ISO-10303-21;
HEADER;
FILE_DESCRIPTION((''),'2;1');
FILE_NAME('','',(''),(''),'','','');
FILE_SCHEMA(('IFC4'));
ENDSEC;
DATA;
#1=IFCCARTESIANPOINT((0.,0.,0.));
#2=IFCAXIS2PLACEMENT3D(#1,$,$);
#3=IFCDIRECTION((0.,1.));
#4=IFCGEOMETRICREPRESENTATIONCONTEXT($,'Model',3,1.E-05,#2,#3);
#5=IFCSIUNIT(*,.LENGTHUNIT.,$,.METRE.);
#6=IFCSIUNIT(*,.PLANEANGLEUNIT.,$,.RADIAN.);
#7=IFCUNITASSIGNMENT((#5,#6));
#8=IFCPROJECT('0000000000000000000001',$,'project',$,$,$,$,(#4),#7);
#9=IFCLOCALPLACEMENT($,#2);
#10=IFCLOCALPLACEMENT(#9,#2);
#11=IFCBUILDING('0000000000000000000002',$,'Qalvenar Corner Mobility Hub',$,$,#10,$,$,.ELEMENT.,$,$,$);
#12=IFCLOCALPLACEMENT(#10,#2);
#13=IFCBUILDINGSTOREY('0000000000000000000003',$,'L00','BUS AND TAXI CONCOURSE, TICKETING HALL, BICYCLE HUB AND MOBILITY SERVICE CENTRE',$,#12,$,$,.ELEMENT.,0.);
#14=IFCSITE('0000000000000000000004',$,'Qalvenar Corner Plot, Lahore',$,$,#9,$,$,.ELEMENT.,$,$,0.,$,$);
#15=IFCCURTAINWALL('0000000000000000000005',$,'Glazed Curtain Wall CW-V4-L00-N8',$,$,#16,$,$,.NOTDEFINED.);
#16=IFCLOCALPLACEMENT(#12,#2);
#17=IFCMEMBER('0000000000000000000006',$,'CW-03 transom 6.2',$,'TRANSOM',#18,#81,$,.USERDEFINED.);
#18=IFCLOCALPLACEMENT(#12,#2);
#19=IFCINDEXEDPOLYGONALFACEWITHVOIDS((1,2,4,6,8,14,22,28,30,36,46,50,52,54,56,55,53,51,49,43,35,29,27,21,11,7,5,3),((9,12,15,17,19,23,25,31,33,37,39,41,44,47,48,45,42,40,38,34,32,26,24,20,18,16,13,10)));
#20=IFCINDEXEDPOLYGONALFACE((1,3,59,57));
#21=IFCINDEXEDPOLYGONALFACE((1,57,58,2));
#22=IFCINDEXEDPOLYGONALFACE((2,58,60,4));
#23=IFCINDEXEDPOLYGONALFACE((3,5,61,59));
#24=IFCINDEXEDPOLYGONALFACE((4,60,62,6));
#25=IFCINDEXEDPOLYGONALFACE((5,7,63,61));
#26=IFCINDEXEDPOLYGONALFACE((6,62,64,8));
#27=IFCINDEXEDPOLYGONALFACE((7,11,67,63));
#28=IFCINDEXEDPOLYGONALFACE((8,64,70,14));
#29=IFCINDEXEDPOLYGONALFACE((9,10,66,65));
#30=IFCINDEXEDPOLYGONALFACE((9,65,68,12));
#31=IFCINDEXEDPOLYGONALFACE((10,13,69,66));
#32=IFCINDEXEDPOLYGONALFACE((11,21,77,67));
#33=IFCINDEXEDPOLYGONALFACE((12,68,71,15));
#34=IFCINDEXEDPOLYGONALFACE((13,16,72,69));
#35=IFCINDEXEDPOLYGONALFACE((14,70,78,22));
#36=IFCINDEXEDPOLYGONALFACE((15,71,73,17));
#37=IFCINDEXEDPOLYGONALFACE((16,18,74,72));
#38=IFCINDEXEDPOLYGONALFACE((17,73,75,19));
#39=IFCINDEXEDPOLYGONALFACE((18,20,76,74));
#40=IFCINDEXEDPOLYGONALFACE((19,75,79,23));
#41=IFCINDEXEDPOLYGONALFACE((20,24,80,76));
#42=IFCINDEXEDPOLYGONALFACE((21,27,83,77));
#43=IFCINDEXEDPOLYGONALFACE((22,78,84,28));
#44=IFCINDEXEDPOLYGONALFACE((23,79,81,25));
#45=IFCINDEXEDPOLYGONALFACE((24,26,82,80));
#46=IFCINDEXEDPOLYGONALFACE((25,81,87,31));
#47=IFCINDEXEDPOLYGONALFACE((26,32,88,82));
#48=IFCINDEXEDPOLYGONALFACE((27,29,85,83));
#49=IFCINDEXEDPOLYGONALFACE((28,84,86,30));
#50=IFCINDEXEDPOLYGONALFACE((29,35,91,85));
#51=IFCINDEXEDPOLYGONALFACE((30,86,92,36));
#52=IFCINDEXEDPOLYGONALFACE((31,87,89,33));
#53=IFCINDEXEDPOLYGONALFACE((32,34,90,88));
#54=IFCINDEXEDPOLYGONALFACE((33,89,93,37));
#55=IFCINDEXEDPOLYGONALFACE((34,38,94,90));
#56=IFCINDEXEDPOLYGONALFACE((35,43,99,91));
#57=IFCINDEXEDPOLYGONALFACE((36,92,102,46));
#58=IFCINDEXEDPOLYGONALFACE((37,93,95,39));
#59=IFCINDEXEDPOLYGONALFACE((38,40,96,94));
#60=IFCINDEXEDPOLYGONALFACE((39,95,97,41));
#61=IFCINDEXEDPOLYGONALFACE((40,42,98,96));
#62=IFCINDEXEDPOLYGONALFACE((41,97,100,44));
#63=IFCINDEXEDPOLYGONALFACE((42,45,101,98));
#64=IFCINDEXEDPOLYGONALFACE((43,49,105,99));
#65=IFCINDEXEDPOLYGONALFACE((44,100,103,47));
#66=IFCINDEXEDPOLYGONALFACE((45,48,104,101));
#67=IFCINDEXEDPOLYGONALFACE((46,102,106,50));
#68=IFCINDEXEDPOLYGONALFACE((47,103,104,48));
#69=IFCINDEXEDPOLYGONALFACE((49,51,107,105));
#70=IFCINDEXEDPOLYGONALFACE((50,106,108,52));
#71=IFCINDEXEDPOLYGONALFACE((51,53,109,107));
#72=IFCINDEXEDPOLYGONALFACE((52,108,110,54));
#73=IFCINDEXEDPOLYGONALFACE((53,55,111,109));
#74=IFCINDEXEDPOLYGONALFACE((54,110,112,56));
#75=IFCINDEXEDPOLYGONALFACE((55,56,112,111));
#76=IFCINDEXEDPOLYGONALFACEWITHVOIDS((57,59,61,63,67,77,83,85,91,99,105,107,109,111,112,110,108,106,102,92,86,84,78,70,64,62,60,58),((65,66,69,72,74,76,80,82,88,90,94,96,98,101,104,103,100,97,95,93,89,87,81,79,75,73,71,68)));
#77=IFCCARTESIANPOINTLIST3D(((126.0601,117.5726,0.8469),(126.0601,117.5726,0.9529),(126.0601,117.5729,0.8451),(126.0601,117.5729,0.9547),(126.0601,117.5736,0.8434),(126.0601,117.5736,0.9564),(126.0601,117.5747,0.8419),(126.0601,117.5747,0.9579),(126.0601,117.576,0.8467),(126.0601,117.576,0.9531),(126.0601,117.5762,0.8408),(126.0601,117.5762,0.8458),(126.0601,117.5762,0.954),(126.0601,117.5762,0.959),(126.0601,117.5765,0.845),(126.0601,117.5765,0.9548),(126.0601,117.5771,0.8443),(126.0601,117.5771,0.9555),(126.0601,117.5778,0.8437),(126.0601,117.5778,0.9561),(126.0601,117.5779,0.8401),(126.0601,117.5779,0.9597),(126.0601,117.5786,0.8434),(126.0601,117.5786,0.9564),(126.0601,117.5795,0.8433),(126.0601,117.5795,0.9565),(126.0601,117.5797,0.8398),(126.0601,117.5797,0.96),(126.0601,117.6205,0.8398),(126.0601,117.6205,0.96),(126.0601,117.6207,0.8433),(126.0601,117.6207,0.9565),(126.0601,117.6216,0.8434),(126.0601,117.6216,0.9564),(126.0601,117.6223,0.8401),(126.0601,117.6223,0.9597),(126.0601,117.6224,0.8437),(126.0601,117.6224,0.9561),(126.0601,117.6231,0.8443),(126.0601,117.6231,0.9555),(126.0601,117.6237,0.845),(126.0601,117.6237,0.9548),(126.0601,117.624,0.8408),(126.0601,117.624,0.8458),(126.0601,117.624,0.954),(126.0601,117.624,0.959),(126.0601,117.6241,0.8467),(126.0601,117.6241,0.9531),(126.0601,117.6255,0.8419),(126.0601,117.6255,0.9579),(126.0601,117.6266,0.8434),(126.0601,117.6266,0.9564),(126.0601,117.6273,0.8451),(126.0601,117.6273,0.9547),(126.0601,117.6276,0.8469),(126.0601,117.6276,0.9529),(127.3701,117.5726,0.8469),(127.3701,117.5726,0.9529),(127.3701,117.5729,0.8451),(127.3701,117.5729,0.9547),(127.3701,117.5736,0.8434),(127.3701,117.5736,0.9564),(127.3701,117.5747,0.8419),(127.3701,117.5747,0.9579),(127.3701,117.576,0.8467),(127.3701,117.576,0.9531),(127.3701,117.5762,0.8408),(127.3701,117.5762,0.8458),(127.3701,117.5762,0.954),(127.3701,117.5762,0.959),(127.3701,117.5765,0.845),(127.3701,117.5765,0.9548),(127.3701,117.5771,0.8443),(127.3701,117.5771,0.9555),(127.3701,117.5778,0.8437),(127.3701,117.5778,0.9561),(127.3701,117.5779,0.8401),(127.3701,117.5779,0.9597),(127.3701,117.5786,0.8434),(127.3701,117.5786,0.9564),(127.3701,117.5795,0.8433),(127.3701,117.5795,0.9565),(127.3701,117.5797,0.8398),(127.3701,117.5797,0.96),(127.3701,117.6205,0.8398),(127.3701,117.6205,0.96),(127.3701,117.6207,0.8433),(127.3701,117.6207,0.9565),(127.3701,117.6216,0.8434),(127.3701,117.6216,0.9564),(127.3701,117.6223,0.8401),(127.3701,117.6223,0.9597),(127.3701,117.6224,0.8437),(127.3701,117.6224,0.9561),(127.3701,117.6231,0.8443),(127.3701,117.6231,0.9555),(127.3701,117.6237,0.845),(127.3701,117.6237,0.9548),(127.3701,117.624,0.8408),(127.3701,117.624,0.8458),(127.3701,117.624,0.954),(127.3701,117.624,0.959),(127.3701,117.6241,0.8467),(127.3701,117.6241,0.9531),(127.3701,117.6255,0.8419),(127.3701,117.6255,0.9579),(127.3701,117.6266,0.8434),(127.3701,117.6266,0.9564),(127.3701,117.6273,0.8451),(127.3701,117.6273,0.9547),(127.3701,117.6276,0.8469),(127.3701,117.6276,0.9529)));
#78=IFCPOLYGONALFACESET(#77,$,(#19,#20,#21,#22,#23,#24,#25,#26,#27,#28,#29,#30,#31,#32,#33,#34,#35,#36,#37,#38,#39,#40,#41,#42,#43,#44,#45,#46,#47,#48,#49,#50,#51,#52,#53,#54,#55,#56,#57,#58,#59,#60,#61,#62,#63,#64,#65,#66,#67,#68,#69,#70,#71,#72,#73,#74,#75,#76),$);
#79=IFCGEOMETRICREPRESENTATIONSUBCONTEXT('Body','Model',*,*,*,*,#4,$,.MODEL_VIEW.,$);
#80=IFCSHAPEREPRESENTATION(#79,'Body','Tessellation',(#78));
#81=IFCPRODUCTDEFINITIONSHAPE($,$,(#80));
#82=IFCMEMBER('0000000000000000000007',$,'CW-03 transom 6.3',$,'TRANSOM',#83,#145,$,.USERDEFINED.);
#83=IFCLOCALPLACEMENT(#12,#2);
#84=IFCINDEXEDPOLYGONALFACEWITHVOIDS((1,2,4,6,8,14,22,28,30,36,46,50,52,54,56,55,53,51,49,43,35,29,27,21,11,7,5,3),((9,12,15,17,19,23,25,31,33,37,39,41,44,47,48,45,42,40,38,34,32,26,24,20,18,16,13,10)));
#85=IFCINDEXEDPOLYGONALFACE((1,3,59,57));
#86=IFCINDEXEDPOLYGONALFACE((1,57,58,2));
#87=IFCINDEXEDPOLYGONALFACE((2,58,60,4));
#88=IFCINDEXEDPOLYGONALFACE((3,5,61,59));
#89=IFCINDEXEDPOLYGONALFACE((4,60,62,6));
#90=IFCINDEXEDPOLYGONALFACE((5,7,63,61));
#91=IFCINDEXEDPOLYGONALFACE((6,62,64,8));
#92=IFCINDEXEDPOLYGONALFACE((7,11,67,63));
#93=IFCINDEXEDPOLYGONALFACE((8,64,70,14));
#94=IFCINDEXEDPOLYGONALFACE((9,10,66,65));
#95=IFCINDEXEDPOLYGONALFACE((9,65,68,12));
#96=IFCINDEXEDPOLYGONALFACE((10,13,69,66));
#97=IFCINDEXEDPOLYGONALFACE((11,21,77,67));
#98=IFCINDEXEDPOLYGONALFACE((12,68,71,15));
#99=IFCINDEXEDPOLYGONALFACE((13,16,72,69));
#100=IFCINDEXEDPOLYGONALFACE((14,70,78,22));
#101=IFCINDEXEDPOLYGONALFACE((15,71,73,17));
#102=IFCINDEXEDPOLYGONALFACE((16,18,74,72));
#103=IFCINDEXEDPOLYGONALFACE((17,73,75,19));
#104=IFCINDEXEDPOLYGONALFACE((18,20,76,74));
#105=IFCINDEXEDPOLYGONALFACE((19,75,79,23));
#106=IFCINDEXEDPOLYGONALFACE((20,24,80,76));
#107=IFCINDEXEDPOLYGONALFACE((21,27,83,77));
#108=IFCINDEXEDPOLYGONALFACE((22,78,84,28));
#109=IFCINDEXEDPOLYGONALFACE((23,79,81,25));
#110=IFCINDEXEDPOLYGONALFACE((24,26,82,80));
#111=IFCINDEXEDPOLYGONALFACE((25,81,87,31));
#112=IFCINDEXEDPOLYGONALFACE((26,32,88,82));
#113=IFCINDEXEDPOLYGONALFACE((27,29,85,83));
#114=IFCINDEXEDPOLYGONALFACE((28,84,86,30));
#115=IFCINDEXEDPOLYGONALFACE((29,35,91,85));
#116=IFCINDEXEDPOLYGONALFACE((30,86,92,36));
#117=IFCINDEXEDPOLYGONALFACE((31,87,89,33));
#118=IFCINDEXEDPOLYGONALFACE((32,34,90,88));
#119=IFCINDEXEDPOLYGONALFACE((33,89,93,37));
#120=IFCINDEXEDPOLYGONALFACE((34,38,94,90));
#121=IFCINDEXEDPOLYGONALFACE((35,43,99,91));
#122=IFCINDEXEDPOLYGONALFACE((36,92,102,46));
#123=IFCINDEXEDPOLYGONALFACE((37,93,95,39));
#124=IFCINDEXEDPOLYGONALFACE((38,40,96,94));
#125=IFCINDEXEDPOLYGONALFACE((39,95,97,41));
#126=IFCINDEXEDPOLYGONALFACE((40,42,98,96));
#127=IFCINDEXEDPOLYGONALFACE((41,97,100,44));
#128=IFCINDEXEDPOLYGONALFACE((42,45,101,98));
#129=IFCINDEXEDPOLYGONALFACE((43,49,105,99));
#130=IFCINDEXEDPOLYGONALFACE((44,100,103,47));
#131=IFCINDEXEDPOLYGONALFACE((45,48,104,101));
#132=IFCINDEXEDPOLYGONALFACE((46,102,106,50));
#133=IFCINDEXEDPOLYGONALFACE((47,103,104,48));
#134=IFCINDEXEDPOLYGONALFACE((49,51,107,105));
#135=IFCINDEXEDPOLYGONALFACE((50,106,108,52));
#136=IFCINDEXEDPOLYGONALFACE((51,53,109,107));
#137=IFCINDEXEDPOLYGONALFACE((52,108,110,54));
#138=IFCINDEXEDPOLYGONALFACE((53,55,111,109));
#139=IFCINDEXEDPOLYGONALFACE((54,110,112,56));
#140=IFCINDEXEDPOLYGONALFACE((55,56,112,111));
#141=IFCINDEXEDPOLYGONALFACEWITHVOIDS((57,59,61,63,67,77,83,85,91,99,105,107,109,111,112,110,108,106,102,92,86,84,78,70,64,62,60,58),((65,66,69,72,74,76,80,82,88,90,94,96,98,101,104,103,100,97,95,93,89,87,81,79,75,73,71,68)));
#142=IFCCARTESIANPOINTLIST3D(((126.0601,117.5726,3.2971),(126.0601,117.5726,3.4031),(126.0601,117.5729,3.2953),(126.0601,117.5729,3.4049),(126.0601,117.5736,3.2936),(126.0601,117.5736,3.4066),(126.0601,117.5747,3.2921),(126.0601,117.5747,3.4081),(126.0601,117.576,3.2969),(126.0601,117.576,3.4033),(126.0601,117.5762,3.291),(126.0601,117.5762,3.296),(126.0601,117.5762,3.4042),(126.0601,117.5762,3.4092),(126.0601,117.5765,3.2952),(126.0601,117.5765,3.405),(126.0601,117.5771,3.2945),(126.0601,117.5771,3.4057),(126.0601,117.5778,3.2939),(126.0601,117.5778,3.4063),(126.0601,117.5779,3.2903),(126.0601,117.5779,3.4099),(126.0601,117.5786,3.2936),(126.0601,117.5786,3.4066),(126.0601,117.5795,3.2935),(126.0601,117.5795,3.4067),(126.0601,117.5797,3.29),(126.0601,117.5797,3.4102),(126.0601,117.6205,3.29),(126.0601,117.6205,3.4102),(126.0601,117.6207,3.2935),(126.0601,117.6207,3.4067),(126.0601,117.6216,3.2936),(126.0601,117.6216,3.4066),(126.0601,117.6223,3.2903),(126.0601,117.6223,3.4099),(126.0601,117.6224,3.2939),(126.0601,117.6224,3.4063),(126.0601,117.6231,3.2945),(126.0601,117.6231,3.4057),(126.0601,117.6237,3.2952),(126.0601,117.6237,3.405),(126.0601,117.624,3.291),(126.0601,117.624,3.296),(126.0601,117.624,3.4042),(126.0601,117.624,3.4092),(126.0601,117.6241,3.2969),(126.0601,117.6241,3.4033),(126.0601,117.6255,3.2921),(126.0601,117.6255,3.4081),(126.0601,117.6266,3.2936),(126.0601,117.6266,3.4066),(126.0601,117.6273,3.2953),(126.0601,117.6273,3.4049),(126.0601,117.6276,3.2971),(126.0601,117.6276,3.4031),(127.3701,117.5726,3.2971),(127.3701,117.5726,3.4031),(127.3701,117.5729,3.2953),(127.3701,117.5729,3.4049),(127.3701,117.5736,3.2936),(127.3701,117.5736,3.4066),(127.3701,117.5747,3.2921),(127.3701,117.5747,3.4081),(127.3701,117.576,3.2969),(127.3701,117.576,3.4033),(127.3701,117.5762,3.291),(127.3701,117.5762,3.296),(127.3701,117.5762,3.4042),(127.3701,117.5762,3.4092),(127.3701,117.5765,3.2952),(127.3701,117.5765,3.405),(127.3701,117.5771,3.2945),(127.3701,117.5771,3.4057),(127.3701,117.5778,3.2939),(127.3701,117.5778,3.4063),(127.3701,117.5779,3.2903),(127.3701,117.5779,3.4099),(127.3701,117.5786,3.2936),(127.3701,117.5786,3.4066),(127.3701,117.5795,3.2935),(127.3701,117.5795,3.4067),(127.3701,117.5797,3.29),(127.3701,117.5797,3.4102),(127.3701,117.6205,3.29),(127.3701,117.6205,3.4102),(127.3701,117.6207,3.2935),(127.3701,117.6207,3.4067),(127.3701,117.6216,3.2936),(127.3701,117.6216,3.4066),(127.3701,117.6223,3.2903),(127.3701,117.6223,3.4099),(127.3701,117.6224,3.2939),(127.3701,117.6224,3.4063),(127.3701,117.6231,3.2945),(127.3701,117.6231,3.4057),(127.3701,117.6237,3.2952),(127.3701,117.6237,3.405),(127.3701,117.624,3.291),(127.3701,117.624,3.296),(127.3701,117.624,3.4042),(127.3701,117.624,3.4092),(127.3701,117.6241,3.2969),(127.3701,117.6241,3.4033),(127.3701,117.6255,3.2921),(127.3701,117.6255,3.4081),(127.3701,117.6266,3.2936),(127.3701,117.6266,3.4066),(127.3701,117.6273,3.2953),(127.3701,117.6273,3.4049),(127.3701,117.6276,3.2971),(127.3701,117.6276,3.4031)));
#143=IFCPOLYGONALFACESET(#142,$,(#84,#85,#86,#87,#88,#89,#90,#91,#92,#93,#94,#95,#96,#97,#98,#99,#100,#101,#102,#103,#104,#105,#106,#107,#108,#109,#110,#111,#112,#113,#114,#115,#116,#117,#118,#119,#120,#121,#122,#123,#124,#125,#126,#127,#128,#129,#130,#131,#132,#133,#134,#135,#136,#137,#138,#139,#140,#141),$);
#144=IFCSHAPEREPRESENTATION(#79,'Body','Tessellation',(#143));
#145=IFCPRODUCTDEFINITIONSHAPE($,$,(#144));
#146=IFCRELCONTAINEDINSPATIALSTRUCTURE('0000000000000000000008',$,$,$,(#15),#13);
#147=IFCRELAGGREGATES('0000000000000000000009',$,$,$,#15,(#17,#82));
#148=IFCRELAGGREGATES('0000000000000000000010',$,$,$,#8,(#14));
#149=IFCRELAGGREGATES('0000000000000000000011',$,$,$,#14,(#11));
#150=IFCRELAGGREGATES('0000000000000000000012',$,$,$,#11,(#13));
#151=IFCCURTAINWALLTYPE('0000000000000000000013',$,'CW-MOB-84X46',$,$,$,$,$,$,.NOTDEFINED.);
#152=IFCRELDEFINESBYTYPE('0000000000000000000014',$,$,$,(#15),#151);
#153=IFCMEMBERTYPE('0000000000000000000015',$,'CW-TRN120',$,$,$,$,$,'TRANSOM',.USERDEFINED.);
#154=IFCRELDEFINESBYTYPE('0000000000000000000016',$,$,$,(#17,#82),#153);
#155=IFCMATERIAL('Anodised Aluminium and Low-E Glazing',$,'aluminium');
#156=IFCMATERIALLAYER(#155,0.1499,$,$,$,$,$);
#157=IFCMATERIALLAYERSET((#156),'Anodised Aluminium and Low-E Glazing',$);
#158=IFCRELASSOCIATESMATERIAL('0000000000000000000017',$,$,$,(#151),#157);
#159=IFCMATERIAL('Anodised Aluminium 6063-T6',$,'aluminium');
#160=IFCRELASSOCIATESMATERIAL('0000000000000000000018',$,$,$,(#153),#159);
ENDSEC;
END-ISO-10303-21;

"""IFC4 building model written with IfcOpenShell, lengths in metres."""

from ifc_helpers import new_model, si_unit, direction, frame, origin, origin_2d, place, context, subcontext, project, spatial, hollow_rectangle, extrude, material, layer, layer_set, material_profile, profile_set, type_object, element, aggregate, save


model = new_model("IFC4")

# Units and contexts
model_context = context("Model", 3, precision=1e-05, world=origin(), true_north=direction((0.0, 1.0)))
body_context = subcontext(model_context, "Body", "Model", "MODEL_VIEW")
ifc_project = project(units=[si_unit("LENGTHUNIT", "METRE"), si_unit("PLANEANGLEUNIT", "RADIAN")], contexts=[model_context])

# Site, building, storey
site_placement = place(None, origin())
site = spatial("IfcSite", under=ifc_project, at=site_placement, Name="Qalvenar Corner Plot, Lahore", CompositionType="ELEMENT", RefElevation=0.0)
building_placement = place(site_placement, origin())
building = spatial("IfcBuilding", under=site, at=building_placement, Name="Qalvenar Corner Mobility Hub", CompositionType="ELEMENT")
storey_placement = place(building_placement, origin())
storey = spatial("IfcBuildingStorey", under=building, at=storey_placement, Name="L00", Description="BUS AND TAXI CONCOURSE, TICKETING HALL, BICYCLE HUB AND MOBILITY SERVICE CENTRE", CompositionType="ELEMENT", Elevation=0.0)

# Shared definitions
ifc_material_1 = material(Name="Anodised Aluminium and Low-E Glazing", Category="aluminium")
ifc_layer_1 = layer(ifc_material_1, 0.1499)
ifc_layer_set_1 = layer_set([ifc_layer_1], Name="Anodised Aluminium and Low-E Glazing")
curtain_wall_type = type_object("IfcCurtainWallType", Name="CW-MOB-84X46", PredefinedType="NOTDEFINED", material=ifc_layer_set_1)
ifc_material_2 = material(Name="Anodised Aluminium 6063-T6", Category="aluminium")

# Curtain wall, members
curtain_wall_1_placement = place(storey_placement, origin())
curtain_wall_1 = element("IfcCurtainWall", 1, at=curtain_wall_1_placement, inside=storey, type_object=curtain_wall_type, Name="Glazed Curtain Wall CW-V4-L00-N8", PredefinedType="NOTDEFINED")
ifc_material_profile_1 = material_profile(ifc_material_2, hollow_rectangle(XDim=0.0549, YDim=0.1201, WallThickness=0.0034, InnerFilletRadius=0.0034, OuterFilletRadius=0.0071, at=origin_2d()), Name="RHS120x55x3.5")
ifc_profile_set_1 = profile_set([ifc_material_profile_1], Name="Anodised Aluminium 6063-T6")
member_type_1 = type_object("IfcMemberType", Name="CW-TRN120", ElementType="TRANSOM", PredefinedType="USERDEFINED", material=ifc_profile_set_1)
member_1_placement = place(storey_placement, frame((127.3701, 117.6001, 0.8999), z_axis=(-1.0, 0.0, 0.0), x_axis=(0.0, -1.0, 0.0)))
member_1 = element("IfcMember", 2, at=member_1_placement, type_object=member_type_1, Name="CW-03 transom 6.2", ObjectType="TRANSOM", PredefinedType="USERDEFINED", context=body_context, shape_type="SweptSolid", body=[
    extrude(hollow_rectangle(XDim=0.0549, YDim=0.1201, WallThickness=0.0034, InnerFilletRadius=0.0034, OuterFilletRadius=0.0071, at=origin_2d()), origin(), (0.0, 0.0, 1.0), 1.3101),
])
member_2_placement = place(storey_placement, frame((127.3701, 117.6001, 3.3501), z_axis=(-1.0, 0.0, 0.0), x_axis=(0.0, -1.0, 0.0)))
member_2 = element("IfcMember", 3, at=member_2_placement, type_object=member_type_1, Name="CW-03 transom 6.3", ObjectType="TRANSOM", PredefinedType="USERDEFINED", context=body_context, shape_type="SweptSolid", body=[
    extrude(hollow_rectangle(XDim=0.0549, YDim=0.1201, WallThickness=0.0034, InnerFilletRadius=0.0034, OuterFilletRadius=0.0071, at=origin_2d()), origin(), (0.0, 0.0, 1.0), 1.3101),
])
aggregate(curtain_wall_1, [member_1, member_2])

save(model, "model.ifc")
